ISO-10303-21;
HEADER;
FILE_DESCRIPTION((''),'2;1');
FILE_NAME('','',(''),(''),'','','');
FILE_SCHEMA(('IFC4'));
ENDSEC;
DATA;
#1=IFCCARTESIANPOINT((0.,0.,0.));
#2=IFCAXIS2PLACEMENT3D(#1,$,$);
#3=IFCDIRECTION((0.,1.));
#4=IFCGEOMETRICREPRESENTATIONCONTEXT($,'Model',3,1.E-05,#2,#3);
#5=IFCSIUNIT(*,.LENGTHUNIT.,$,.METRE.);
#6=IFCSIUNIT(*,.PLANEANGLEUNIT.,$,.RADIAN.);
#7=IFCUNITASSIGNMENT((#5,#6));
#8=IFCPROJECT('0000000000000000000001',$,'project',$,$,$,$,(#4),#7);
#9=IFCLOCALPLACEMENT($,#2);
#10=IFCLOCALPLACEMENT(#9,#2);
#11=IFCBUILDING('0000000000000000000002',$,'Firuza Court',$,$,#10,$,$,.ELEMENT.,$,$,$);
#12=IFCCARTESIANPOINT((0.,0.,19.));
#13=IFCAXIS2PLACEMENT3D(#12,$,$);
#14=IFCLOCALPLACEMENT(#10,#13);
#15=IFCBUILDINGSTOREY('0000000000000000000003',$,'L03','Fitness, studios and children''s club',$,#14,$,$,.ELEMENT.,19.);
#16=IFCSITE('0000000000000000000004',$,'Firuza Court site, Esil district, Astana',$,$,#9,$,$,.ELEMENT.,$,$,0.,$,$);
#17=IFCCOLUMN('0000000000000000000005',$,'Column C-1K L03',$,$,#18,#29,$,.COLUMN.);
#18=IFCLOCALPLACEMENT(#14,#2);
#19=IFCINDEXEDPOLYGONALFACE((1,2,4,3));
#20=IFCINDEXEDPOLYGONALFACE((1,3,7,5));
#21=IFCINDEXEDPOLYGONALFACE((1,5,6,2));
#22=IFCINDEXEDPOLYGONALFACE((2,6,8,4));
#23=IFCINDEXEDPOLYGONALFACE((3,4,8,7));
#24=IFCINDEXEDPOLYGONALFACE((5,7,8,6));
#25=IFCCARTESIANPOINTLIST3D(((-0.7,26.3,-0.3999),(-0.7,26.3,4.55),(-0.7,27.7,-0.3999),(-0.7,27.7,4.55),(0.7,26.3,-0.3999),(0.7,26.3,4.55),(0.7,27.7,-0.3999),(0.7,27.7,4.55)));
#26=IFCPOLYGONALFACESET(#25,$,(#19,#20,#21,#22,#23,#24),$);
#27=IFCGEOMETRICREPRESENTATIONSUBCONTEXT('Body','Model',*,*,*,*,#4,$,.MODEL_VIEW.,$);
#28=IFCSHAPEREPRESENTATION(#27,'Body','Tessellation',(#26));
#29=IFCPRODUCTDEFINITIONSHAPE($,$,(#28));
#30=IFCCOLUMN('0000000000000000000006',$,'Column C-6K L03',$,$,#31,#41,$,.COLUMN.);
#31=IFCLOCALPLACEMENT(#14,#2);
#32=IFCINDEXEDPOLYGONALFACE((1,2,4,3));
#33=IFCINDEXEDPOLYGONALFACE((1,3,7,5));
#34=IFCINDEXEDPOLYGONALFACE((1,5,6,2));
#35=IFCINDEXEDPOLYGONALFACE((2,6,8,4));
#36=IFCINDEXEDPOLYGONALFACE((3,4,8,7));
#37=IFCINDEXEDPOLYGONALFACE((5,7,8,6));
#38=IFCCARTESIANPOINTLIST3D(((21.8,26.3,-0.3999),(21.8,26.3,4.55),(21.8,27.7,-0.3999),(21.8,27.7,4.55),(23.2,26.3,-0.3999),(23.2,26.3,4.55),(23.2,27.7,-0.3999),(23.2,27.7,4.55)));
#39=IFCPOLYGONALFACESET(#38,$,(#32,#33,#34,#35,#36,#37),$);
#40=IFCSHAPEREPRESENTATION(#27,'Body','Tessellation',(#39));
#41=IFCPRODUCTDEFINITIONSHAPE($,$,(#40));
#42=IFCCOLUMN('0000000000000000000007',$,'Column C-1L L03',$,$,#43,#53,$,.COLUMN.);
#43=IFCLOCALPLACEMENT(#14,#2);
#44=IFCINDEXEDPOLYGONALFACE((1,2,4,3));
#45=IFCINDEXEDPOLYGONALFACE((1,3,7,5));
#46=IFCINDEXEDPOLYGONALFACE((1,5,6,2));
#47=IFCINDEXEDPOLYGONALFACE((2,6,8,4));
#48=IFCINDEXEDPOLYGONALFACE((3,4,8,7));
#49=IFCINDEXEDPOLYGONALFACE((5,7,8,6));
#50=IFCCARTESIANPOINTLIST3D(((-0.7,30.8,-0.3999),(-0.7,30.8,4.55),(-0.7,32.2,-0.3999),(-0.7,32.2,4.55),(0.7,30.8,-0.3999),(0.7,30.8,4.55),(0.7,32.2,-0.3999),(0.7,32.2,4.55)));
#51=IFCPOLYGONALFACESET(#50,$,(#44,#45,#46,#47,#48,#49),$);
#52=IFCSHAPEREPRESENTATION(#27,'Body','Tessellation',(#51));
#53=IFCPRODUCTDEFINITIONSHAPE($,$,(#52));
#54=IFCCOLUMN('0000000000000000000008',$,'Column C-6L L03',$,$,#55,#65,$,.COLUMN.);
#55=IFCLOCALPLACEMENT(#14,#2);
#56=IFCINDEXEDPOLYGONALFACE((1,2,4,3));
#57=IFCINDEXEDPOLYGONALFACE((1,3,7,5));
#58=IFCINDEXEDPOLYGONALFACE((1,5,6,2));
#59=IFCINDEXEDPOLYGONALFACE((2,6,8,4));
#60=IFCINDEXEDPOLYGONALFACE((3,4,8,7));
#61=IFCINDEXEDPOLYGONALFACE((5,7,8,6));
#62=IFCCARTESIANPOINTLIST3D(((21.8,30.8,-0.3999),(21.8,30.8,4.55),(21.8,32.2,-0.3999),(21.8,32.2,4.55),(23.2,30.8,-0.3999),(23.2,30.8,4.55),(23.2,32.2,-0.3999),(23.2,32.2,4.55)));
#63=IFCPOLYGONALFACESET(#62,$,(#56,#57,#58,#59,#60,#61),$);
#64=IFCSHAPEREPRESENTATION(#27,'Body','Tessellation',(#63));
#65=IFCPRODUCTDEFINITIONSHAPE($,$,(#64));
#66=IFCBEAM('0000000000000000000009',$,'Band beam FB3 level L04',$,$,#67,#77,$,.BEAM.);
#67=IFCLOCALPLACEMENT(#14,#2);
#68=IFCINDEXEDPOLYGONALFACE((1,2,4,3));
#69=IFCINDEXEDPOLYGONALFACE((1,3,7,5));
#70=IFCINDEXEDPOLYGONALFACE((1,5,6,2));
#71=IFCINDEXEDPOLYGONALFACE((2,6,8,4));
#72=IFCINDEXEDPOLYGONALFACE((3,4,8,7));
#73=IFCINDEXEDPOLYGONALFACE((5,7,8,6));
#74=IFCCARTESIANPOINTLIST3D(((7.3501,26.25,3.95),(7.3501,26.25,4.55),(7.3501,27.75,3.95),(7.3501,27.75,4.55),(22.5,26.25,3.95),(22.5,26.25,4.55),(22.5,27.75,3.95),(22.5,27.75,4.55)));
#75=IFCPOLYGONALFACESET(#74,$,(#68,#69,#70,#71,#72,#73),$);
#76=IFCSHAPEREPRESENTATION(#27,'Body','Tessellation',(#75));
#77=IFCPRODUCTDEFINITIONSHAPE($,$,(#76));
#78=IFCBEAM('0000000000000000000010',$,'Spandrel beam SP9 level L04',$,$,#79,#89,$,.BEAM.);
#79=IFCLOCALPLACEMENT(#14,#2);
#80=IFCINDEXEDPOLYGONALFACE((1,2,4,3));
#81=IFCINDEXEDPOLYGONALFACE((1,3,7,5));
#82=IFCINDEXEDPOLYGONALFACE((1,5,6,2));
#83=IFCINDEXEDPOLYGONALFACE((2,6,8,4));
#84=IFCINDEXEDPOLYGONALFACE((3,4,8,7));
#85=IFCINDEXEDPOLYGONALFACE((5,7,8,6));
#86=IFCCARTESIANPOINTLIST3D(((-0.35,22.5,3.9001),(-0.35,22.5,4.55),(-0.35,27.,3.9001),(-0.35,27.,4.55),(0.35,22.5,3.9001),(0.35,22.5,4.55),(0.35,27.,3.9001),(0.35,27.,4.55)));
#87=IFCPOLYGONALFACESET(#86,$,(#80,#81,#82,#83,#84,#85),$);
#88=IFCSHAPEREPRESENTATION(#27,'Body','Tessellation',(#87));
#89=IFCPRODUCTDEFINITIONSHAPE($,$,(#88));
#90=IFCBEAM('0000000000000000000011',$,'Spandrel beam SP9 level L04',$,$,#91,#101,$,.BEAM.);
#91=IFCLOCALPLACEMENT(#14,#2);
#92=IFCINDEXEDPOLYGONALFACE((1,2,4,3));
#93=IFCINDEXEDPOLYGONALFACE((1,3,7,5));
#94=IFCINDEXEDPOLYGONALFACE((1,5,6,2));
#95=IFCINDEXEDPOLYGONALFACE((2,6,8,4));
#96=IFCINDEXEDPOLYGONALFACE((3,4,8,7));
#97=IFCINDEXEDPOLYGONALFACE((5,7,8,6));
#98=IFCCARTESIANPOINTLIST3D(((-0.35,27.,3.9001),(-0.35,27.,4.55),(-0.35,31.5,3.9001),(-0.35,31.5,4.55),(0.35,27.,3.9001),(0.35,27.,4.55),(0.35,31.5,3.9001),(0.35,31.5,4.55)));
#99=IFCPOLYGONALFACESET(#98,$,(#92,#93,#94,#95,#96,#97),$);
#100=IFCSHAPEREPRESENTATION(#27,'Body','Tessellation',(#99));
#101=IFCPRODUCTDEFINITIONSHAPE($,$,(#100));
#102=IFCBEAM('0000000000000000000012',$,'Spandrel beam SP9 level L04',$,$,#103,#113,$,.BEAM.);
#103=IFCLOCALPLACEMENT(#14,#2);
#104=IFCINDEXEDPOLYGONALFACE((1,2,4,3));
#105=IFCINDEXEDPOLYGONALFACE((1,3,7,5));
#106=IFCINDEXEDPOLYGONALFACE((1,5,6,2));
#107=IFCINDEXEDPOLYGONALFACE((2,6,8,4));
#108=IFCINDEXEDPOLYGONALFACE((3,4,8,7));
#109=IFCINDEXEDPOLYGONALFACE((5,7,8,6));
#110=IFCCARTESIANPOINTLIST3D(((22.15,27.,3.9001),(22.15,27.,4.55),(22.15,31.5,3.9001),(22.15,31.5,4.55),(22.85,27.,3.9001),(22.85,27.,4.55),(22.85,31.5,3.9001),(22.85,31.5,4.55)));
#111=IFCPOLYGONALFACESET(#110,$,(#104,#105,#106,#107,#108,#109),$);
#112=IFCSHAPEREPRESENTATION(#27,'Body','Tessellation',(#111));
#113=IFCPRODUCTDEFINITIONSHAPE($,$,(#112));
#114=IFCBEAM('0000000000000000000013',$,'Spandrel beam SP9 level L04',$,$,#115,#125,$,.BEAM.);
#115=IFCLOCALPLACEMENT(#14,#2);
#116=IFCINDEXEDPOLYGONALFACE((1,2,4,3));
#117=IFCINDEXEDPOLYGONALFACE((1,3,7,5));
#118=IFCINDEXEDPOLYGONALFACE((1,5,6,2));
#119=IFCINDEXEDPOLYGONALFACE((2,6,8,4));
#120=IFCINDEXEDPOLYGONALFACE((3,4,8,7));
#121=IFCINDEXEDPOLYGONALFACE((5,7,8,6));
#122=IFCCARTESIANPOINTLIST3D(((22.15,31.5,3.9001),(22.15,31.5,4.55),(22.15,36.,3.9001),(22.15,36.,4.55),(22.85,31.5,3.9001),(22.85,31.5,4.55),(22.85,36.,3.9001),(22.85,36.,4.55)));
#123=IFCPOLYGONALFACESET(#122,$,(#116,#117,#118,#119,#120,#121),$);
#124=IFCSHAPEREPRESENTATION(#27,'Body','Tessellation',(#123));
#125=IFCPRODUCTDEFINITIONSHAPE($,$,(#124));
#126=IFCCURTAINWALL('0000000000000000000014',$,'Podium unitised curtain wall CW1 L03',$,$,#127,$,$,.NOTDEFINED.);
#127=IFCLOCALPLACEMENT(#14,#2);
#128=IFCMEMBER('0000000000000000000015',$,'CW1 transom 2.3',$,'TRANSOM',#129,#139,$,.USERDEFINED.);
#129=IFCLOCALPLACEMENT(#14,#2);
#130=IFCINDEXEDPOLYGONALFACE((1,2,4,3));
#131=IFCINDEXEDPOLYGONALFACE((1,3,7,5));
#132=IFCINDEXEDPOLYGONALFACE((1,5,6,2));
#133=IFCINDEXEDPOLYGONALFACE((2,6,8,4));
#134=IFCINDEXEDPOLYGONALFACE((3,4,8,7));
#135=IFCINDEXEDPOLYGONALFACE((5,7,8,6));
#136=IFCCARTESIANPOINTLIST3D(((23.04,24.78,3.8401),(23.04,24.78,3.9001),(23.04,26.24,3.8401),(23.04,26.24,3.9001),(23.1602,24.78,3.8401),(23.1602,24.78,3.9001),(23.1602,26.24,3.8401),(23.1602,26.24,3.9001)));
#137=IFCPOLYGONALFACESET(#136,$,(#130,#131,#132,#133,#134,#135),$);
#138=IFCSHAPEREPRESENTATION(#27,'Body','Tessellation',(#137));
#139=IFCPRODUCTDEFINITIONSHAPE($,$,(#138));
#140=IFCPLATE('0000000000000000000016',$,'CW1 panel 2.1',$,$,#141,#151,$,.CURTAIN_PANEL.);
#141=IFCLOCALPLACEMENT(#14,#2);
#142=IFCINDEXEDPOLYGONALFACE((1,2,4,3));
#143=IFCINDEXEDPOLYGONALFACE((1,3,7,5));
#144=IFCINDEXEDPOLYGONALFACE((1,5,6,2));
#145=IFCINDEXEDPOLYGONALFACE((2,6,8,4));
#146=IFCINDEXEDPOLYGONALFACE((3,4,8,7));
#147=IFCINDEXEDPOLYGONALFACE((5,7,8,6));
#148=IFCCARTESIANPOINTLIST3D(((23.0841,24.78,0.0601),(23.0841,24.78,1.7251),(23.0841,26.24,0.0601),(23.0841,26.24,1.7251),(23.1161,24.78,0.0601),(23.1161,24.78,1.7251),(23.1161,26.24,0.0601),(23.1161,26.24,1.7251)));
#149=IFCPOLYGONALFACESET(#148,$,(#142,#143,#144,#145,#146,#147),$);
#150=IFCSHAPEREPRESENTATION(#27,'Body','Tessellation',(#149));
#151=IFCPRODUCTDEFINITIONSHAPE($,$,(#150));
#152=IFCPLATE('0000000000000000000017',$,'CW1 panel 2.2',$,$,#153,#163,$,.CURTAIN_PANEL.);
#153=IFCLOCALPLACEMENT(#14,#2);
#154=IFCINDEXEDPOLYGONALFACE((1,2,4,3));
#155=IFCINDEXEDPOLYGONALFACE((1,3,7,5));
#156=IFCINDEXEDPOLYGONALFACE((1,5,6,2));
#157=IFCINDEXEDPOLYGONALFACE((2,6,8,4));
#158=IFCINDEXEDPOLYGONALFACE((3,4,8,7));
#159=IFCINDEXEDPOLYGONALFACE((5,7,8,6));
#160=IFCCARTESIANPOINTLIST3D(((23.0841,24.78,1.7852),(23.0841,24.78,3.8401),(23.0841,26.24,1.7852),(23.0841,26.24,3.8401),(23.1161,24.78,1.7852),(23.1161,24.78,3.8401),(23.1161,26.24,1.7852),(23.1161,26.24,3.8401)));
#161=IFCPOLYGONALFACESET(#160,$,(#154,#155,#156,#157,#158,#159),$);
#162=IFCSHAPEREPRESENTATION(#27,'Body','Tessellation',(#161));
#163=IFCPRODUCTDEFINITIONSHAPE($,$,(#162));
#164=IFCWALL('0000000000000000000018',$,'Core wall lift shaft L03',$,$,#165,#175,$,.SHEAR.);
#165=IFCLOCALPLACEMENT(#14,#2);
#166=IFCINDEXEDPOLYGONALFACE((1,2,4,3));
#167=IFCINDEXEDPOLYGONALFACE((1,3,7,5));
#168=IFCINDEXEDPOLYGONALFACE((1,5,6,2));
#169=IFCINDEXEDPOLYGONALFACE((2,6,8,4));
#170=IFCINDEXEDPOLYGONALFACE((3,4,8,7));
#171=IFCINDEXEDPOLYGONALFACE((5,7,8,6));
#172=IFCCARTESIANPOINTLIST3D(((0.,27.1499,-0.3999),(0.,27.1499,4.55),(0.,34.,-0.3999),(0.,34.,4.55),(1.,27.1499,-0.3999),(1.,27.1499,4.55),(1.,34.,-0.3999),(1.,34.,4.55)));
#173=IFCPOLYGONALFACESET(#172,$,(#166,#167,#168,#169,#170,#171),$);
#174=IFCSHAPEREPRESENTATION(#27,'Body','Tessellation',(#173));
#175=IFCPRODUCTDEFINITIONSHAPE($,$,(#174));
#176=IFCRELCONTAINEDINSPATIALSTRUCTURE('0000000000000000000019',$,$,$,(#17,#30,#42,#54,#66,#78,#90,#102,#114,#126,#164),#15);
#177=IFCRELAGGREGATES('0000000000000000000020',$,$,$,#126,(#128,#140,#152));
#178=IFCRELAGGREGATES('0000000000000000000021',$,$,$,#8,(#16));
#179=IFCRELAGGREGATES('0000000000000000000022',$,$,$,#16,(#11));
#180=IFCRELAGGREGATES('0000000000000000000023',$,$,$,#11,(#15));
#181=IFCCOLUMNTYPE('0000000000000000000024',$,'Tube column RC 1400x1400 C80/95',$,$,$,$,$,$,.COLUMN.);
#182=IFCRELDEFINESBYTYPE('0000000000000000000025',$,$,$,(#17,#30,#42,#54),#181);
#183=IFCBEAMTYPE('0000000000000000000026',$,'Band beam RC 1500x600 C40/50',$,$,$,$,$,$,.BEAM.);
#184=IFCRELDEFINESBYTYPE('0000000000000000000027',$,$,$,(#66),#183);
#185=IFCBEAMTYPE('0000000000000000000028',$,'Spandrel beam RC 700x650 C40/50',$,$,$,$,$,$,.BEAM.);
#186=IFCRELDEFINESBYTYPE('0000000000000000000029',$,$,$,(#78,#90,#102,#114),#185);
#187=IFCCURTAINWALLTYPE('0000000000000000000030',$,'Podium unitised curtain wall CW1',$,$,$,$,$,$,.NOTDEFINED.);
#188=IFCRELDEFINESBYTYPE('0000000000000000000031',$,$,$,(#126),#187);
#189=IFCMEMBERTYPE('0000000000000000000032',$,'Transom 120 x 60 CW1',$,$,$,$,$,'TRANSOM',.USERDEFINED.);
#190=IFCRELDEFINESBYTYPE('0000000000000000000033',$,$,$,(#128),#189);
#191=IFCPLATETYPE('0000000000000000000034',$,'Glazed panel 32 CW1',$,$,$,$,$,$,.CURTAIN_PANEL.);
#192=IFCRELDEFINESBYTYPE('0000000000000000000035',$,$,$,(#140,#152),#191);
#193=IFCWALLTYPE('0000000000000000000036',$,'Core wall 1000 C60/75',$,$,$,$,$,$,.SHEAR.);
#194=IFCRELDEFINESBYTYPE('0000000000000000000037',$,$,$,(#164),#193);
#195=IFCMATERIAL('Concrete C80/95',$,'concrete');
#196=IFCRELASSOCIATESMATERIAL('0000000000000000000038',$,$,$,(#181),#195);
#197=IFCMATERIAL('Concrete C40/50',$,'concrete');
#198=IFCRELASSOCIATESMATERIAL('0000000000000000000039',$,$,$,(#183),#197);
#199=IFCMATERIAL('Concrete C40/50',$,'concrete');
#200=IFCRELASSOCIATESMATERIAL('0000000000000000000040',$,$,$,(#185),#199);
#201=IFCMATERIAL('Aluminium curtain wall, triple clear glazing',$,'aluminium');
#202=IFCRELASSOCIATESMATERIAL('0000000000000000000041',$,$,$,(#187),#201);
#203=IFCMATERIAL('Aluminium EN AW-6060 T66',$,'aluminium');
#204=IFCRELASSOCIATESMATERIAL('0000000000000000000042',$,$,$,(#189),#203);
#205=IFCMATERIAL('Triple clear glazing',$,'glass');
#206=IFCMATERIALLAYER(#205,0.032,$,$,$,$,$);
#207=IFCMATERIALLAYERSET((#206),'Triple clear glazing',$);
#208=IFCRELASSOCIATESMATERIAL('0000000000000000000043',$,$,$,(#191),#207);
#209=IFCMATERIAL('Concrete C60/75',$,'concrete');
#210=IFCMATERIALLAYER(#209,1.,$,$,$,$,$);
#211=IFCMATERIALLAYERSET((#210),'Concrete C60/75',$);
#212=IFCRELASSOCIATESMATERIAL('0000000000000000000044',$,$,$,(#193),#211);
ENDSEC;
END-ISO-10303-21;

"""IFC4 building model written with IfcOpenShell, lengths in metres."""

from ifc_helpers import new_model, si_unit, direction, frame, frame_2d, origin, origin_2d, place, context, subcontext, project, spatial, rectangle, extrude, material, layer, layer_set, material_profile, profile_set, type_object, element, aggregate, save


model = new_model("IFC4")

# Units and contexts
model_context = context("Model", 3, precision=1e-05, world=origin(), true_north=direction((0.0, 1.0)))
body_context = subcontext(model_context, "Body", "Model", "MODEL_VIEW")
ifc_project = project(units=[si_unit("LENGTHUNIT", "METRE"), si_unit("PLANEANGLEUNIT", "RADIAN")], contexts=[model_context])

# Site, building, storey
site_placement = place(None, origin())
site = spatial("IfcSite", under=ifc_project, at=site_placement, Name="Firuza Court site, Esil district, Astana", CompositionType="ELEMENT", RefElevation=0.0)
building_placement = place(site_placement, origin())
building = spatial("IfcBuilding", under=site, at=building_placement, Name="Firuza Court", CompositionType="ELEMENT")
storey_placement = place(building_placement, frame((0.0, 0.0, 19.0)))
storey = spatial("IfcBuildingStorey", under=building, at=storey_placement, Name="L03", Description="Fitness, studios and children's club", CompositionType="ELEMENT", Elevation=19.0)

# Columns
ifc_material_1 = material(Name="Concrete C80/95", Category="concrete")
ifc_material_profile_1 = material_profile(ifc_material_1, rectangle(XDim=1.3999, YDim=1.3999, at=origin_2d()), Name="RC 1400x1400")
ifc_profile_set_1 = profile_set([ifc_material_profile_1], Name="Concrete C80/95")
column_type = type_object("IfcColumnType", Name="Tube column RC 1400x1400 C80/95", PredefinedType="COLUMN", material=ifc_profile_set_1)
for number, where, z_axis, x_axis, name in (
    (1, (0.0, 27.0, -0.3999), (0.0, 0.0, 1.0), (1.0, 0.0, 0.0), "Column C-1K L03"),
    (2, (22.5, 27.0, -0.3999), (0.0, 0.0, 1.0), (1.0, 0.0, 0.0), "Column C-6K L03"),
    (3, (0.0, 31.5, -0.3999), (0.0, 0.0, 1.0), (1.0, 0.0, 0.0), "Column C-1L L03"),
    (4, (22.5, 31.5, -0.3999), (0.0, 0.0, 1.0), (1.0, 0.0, 0.0), "Column C-6L L03"),
):
    element("IfcColumn", number, at=place(storey_placement, frame(where, z_axis=z_axis, x_axis=x_axis)), inside=storey, type_object=column_type, Name=name, PredefinedType="COLUMN", context=body_context, shape_type="SweptSolid", body=[
        extrude(rectangle(XDim=1.3999, YDim=1.3999, at=origin_2d()), origin(), (0.0, 0.0, 1.0), 4.95),
    ])

# Beams
ifc_material_2 = material(Name="Concrete C40/50", Category="concrete")
ifc_material_profile_2 = material_profile(ifc_material_2, rectangle(XDim=1.5, YDim=0.6001, at=origin_2d()), Name="RC 1500x600")
ifc_profile_set_2 = profile_set([ifc_material_profile_2], Name="Concrete C40/50")
beam_type_1 = type_object("IfcBeamType", Name="Band beam RC 1500x600 C40/50", PredefinedType="BEAM", material=ifc_profile_set_2)
beam_placement = place(storey_placement, frame((22.5, 27.0, 4.25), z_axis=(-1.0, 0.0, 0.0), x_axis=(0.0, -1.0, 0.0)))
element("IfcBeam", 5, at=beam_placement, inside=storey, type_object=beam_type_1, Name="Band beam FB3 level L04", PredefinedType="BEAM", context=body_context, shape_type="SweptSolid", body=[
    extrude(rectangle(XDim=1.5, YDim=0.6001, at=origin_2d()), origin(), (0.0, 0.0, 1.0), 15.1499),
])
ifc_material_3 = material(Name="Concrete C40/50", Category="concrete")
ifc_material_profile_3 = material_profile(ifc_material_3, rectangle(XDim=0.7, YDim=0.6499, at=origin_2d()), Name="RC 700x650")
ifc_profile_set_3 = profile_set([ifc_material_profile_3], Name="Concrete C40/50")
beam_type_2 = type_object("IfcBeamType", Name="Spandrel beam RC 700x650 C40/50", PredefinedType="BEAM", material=ifc_profile_set_3)
for number, where, z_axis, x_axis, name in (
    (6, (0.0, 27.0, 4.2251), (0.0, -1.0, 0.0), (1.0, 0.0, 0.0), "Spandrel beam SP9 level L04"),
    (7, (0.0, 31.5, 4.2251), (0.0, -1.0, 0.0), (1.0, 0.0, 0.0), "Spandrel beam SP9 level L04"),
    (8, (22.5, 27.0, 4.2251), (0.0, 1.0, 0.0), (-1.0, 0.0, 0.0), "Spandrel beam SP9 level L04"),
    (9, (22.5, 31.5, 4.2251), (0.0, 1.0, 0.0), (-1.0, 0.0, 0.0), "Spandrel beam SP9 level L04"),
):
    element("IfcBeam", number, at=place(storey_placement, frame(where, z_axis=z_axis, x_axis=x_axis)), inside=storey, type_object=beam_type_2, Name=name, PredefinedType="BEAM", context=body_context, shape_type="SweptSolid", body=[
        extrude(rectangle(XDim=0.7, YDim=0.6499, at=origin_2d()), origin(), (0.0, 0.0, 1.0), 4.5),
    ])

# Curtain wall, member, plates
ifc_material_4 = material(Name="Aluminium curtain wall, triple clear glazing", Category="aluminium")
curtain_wall_type = type_object("IfcCurtainWallType", Name="Podium unitised curtain wall CW1", PredefinedType="NOTDEFINED", material=ifc_material_4)
curtain_wall_placement = place(storey_placement, origin())
curtain_wall = element("IfcCurtainWall", 10, at=curtain_wall_placement, inside=storey, type_object=curtain_wall_type, Name="Podium unitised curtain wall CW1 L03", PredefinedType="NOTDEFINED")
ifc_material_5 = material(Name="Aluminium EN AW-6060 T66", Category="aluminium")
ifc_material_profile_4 = material_profile(ifc_material_5, rectangle(XDim=0.1201, YDim=0.0601, at=origin_2d()), Name="Transom 120 x 60 CW1")
ifc_profile_set_4 = profile_set([ifc_material_profile_4], Name="Aluminium EN AW-6060 T66")
member_type = type_object("IfcMemberType", Name="Transom 120 x 60 CW1", ElementType="TRANSOM", PredefinedType="USERDEFINED", material=ifc_profile_set_4)
member_placement = place(storey_placement, frame((23.1001, 24.78, 3.8701), z_axis=(0.0, 1.0, 0.0), x_axis=(-1.0, 0.0, 0.0)))
member = element("IfcMember", 11, at=member_placement, type_object=member_type, Name="CW1 transom 2.3", ObjectType="TRANSOM", PredefinedType="USERDEFINED", context=body_context, shape_type="SweptSolid", body=[
    extrude(rectangle(XDim=0.1201, YDim=0.0601, at=origin_2d()), origin(), (0.0, 0.0, 1.0), 1.46),
])
ifc_material_6 = material(Name="Triple clear glazing", Category="glass")
ifc_layer_1 = layer(ifc_material_6, 0.032)
ifc_layer_set_1 = layer_set([ifc_layer_1], Name="Triple clear glazing")
plate_type = type_object("IfcPlateType", Name="Glazed panel 32 CW1", PredefinedType="CURTAIN_PANEL", material=ifc_layer_set_1)
plate_1_placement = place(storey_placement, frame((23.1001, 25.51, 0.0601), z_axis=(0.0, 0.0, 1.0), x_axis=(0.0, 1.0, 0.0)))
plate_1 = element("IfcPlate", 12, at=plate_1_placement, type_object=plate_type, Name="CW1 panel 2.1", PredefinedType="CURTAIN_PANEL", context=body_context, shape_type="SweptSolid", body=[
    extrude(rectangle(XDim=1.46, YDim=0.032, at=origin_2d()), origin(), (0.0, 0.0, 1.0), 1.665),
])
plate_2_placement = place(storey_placement, frame((23.1001, 25.51, 1.7852), z_axis=(0.0, 0.0, 1.0), x_axis=(0.0, 1.0, 0.0)))
plate_2 = element("IfcPlate", 13, at=plate_2_placement, type_object=plate_type, Name="CW1 panel 2.2", PredefinedType="CURTAIN_PANEL", context=body_context, shape_type="SweptSolid", body=[
    extrude(rectangle(XDim=1.46, YDim=0.032, at=origin_2d()), origin(), (0.0, 0.0, 1.0), 2.0549),
])
aggregate(curtain_wall, [member, plate_1, plate_2])

# Wall
ifc_material_7 = material(Name="Concrete C60/75", Category="concrete")
ifc_layer_2 = layer(ifc_material_7, 1.0)
ifc_layer_set_2 = layer_set([ifc_layer_2], Name="Concrete C60/75")
wall_type_1 = type_object("IfcWallType", Name="Core wall 1000 C60/75", PredefinedType="SHEAR", material=ifc_layer_set_2)
wall_1_placement = place(storey_placement, frame((0.5, 27.1499, -0.3999), z_axis=(0.0, 0.0, 1.0), x_axis=(0.0, 1.0, 0.0)))
element("IfcWall", 14, at=wall_1_placement, inside=storey, type_object=wall_type_1, Name="Core wall lift shaft L03", PredefinedType="SHEAR", context=body_context, shape_type="SweptSolid", body=[
    extrude(rectangle(XDim=6.8501, YDim=1.0, at=frame_2d((3.425, 0.0))), origin(), (0.0, 0.0, 1.0), 4.95),
])

save(model, "model.ifc")
